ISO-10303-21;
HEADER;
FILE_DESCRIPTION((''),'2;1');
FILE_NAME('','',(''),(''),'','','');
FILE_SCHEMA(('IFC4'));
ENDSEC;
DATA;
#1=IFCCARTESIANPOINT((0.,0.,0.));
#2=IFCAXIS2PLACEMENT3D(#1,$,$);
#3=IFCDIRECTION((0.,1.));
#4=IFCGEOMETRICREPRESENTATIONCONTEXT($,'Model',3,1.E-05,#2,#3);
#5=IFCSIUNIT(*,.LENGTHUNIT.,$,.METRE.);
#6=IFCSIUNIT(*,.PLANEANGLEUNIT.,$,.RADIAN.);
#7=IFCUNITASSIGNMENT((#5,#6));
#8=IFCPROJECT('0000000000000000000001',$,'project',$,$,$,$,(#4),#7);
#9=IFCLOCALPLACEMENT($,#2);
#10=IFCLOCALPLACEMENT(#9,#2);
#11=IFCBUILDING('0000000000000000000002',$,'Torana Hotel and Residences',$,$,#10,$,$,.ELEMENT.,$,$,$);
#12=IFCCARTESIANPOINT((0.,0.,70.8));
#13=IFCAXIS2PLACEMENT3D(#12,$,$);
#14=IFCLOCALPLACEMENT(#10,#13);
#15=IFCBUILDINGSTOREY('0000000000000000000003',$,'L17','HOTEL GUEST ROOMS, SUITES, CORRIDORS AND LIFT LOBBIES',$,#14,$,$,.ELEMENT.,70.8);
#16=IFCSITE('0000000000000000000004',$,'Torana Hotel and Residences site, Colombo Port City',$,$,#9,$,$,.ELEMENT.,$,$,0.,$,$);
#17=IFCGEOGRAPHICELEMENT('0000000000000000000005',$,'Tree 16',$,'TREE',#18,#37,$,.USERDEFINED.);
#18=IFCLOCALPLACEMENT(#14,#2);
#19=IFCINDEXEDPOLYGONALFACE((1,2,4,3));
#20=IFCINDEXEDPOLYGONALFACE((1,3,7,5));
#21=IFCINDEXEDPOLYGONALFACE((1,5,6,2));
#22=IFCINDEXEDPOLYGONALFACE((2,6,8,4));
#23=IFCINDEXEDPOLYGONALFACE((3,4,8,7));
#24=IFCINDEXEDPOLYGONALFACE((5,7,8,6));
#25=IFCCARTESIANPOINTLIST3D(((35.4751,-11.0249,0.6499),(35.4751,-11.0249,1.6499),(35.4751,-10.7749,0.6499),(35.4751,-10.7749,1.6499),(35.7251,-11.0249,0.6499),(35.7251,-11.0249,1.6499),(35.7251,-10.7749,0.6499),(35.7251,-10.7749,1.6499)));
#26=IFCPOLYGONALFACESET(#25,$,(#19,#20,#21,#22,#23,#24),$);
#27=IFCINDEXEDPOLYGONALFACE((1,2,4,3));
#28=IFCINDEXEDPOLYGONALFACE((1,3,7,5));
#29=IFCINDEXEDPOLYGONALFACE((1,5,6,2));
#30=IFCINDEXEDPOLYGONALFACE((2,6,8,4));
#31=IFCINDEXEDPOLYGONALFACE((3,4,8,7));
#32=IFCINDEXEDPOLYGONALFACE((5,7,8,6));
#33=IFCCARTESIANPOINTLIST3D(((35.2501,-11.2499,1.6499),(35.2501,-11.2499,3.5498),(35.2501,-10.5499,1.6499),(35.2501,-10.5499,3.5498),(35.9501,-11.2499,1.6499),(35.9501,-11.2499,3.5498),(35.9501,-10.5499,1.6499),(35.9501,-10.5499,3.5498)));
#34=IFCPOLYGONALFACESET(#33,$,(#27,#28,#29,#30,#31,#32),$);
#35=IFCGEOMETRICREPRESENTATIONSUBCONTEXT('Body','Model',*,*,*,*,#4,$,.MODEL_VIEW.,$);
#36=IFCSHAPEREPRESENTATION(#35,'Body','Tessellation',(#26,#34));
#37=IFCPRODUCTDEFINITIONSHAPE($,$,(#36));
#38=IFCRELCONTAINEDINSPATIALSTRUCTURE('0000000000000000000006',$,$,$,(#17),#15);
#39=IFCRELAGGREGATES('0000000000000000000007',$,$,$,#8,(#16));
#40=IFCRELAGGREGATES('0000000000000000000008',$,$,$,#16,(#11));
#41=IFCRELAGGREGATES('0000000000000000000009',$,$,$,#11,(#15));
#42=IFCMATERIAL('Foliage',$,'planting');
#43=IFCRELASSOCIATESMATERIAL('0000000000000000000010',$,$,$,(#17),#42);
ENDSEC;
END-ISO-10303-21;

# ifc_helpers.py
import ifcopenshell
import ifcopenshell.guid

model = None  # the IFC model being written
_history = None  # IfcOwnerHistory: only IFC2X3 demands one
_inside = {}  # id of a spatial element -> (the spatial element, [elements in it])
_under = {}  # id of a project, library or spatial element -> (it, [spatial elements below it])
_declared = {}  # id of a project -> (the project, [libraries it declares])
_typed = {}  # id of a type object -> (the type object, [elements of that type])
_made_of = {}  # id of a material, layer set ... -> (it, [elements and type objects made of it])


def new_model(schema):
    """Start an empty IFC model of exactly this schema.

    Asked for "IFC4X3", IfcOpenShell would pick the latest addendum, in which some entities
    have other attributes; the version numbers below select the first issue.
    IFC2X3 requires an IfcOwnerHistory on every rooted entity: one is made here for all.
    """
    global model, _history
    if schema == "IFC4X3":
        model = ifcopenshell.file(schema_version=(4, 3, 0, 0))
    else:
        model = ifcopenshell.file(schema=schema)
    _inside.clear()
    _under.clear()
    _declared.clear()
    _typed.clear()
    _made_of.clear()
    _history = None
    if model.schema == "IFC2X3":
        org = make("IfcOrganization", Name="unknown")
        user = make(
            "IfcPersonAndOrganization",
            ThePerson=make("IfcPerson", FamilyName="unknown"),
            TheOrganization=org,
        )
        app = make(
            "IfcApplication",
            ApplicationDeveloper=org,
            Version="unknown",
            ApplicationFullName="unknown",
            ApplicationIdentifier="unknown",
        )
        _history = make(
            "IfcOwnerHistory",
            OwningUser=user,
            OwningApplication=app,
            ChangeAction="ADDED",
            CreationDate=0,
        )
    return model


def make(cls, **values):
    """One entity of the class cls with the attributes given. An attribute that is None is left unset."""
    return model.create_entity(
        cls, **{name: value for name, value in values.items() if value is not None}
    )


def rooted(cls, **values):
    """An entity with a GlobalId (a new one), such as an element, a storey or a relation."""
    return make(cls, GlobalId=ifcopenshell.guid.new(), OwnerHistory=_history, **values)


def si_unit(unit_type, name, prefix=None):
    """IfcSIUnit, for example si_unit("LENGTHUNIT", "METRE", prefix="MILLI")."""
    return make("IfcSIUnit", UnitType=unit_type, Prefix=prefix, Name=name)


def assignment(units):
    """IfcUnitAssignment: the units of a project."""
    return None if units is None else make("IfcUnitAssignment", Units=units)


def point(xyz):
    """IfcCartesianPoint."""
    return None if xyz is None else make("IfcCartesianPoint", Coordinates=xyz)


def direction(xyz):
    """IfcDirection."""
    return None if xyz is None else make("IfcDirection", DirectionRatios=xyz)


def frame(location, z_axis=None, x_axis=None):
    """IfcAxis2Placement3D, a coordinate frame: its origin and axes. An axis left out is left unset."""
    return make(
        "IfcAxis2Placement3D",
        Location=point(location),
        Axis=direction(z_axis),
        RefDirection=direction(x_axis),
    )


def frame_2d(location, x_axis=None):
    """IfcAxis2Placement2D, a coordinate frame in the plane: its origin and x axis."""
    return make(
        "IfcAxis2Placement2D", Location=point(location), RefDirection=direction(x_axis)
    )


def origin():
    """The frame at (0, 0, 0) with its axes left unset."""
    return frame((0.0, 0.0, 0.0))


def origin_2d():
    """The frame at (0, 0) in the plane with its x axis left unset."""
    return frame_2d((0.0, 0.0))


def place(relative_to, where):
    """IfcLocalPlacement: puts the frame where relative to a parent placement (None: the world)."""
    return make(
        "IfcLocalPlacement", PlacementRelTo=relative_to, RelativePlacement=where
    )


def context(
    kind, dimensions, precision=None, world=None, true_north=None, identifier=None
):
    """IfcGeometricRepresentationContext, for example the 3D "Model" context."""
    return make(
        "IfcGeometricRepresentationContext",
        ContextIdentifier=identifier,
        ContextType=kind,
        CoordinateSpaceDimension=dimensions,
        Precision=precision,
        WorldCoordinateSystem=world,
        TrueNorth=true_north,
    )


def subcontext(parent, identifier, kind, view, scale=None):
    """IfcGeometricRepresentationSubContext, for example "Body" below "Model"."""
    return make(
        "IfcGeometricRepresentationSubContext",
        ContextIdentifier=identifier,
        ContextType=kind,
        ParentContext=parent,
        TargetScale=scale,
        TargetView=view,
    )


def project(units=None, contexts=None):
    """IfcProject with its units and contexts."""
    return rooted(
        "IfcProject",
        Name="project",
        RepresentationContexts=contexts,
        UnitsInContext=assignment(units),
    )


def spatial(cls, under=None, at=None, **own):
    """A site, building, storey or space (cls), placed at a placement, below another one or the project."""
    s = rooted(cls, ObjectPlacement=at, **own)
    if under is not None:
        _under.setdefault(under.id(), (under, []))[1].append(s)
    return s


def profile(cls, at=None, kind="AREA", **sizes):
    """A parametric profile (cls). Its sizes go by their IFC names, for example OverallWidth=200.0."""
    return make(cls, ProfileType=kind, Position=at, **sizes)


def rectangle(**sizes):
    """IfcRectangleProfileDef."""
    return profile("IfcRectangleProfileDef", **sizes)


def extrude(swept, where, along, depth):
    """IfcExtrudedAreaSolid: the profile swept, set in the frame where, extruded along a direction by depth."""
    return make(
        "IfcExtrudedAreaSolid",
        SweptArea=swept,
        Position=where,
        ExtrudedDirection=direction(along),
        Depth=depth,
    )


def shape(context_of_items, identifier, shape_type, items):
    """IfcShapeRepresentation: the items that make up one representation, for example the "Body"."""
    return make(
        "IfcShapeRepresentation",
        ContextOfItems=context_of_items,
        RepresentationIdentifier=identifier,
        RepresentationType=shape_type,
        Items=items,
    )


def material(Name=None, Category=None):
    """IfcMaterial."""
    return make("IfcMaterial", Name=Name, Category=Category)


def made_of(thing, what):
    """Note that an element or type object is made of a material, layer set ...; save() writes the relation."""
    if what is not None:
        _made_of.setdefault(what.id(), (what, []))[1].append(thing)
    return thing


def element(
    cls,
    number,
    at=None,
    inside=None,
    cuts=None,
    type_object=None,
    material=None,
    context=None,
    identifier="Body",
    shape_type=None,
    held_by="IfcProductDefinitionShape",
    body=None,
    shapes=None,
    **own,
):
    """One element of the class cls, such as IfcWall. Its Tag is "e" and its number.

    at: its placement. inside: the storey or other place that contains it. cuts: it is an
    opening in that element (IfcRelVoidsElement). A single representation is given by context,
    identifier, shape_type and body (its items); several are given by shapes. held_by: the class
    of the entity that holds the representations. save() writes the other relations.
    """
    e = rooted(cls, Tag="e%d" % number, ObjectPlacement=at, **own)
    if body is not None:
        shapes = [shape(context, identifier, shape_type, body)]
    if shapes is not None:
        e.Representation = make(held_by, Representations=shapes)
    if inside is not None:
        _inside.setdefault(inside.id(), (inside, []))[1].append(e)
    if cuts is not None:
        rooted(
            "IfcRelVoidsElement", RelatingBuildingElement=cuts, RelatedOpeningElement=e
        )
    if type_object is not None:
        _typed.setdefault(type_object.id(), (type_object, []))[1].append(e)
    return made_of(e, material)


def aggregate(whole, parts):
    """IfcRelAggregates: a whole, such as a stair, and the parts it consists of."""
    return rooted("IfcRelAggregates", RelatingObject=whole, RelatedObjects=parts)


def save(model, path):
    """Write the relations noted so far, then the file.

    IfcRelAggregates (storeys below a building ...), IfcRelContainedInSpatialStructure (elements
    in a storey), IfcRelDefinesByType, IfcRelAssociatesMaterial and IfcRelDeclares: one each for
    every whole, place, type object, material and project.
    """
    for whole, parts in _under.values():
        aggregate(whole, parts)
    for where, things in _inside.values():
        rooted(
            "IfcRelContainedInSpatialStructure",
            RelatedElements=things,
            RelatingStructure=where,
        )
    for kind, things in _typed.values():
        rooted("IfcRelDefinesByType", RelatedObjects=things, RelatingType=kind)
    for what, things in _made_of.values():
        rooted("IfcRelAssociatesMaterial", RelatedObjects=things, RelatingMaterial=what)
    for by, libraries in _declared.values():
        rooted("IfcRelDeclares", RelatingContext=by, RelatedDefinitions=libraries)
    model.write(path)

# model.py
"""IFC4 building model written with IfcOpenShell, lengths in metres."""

from ifc_helpers import new_model, si_unit, direction, frame, origin, origin_2d, place, context, subcontext, project, spatial, rectangle, extrude, material, element, save


model = new_model("IFC4")

# Units and contexts
model_context = context("Model", 3, precision=1e-05, world=origin(), true_north=direction((0.0, 1.0)))
body_context = subcontext(model_context, "Body", "Model", "MODEL_VIEW")
ifc_project = project(units=[si_unit("LENGTHUNIT", "METRE"), si_unit("PLANEANGLEUNIT", "RADIAN")], contexts=[model_context])

# Site, building, storey
site_placement = place(None, origin())
site = spatial("IfcSite", under=ifc_project, at=site_placement, Name="Torana Hotel and Residences site, Colombo Port City", CompositionType="ELEMENT", RefElevation=0.0)
building_placement = place(site_placement, origin())
building = spatial("IfcBuilding", under=site, at=building_placement, Name="Torana Hotel and Residences", CompositionType="ELEMENT")
storey_placement = place(building_placement, frame((0.0, 0.0, 70.8)))
storey = spatial("IfcBuildingStorey", under=building, at=storey_placement, Name="L17", Description="HOTEL GUEST ROOMS, SUITES, CORRIDORS AND LIFT LOBBIES", CompositionType="ELEMENT", Elevation=70.8)

# Geographic element
ifc_material_1 = material(Name="Foliage", Category="planting")
for number, where, z_axis, x_axis, name in (
    (1, (35.6001, -10.8999, 0.6499), (0.0, 0.0, 1.0), (1.0, 0.0, 0.0), "Tree 16"),
):
    element("IfcGeographicElement", number, at=place(storey_placement, frame(where, z_axis=z_axis, x_axis=x_axis)), inside=storey, material=ifc_material_1, Name=name, ObjectType="TREE", PredefinedType="USERDEFINED", context=body_context, shape_type="SweptSolid", body=[
        extrude(rectangle(XDim=0.25, YDim=0.25, at=origin_2d()), origin(), (0.0, 0.0, 1.0), 1.0),
        extrude(rectangle(XDim=0.7, YDim=0.7, at=origin_2d()), frame((0.0, 0.0, 1.0)), (0.0, 0.0, 1.0), 1.8999),
    ])

save(model, "model.ifc")
